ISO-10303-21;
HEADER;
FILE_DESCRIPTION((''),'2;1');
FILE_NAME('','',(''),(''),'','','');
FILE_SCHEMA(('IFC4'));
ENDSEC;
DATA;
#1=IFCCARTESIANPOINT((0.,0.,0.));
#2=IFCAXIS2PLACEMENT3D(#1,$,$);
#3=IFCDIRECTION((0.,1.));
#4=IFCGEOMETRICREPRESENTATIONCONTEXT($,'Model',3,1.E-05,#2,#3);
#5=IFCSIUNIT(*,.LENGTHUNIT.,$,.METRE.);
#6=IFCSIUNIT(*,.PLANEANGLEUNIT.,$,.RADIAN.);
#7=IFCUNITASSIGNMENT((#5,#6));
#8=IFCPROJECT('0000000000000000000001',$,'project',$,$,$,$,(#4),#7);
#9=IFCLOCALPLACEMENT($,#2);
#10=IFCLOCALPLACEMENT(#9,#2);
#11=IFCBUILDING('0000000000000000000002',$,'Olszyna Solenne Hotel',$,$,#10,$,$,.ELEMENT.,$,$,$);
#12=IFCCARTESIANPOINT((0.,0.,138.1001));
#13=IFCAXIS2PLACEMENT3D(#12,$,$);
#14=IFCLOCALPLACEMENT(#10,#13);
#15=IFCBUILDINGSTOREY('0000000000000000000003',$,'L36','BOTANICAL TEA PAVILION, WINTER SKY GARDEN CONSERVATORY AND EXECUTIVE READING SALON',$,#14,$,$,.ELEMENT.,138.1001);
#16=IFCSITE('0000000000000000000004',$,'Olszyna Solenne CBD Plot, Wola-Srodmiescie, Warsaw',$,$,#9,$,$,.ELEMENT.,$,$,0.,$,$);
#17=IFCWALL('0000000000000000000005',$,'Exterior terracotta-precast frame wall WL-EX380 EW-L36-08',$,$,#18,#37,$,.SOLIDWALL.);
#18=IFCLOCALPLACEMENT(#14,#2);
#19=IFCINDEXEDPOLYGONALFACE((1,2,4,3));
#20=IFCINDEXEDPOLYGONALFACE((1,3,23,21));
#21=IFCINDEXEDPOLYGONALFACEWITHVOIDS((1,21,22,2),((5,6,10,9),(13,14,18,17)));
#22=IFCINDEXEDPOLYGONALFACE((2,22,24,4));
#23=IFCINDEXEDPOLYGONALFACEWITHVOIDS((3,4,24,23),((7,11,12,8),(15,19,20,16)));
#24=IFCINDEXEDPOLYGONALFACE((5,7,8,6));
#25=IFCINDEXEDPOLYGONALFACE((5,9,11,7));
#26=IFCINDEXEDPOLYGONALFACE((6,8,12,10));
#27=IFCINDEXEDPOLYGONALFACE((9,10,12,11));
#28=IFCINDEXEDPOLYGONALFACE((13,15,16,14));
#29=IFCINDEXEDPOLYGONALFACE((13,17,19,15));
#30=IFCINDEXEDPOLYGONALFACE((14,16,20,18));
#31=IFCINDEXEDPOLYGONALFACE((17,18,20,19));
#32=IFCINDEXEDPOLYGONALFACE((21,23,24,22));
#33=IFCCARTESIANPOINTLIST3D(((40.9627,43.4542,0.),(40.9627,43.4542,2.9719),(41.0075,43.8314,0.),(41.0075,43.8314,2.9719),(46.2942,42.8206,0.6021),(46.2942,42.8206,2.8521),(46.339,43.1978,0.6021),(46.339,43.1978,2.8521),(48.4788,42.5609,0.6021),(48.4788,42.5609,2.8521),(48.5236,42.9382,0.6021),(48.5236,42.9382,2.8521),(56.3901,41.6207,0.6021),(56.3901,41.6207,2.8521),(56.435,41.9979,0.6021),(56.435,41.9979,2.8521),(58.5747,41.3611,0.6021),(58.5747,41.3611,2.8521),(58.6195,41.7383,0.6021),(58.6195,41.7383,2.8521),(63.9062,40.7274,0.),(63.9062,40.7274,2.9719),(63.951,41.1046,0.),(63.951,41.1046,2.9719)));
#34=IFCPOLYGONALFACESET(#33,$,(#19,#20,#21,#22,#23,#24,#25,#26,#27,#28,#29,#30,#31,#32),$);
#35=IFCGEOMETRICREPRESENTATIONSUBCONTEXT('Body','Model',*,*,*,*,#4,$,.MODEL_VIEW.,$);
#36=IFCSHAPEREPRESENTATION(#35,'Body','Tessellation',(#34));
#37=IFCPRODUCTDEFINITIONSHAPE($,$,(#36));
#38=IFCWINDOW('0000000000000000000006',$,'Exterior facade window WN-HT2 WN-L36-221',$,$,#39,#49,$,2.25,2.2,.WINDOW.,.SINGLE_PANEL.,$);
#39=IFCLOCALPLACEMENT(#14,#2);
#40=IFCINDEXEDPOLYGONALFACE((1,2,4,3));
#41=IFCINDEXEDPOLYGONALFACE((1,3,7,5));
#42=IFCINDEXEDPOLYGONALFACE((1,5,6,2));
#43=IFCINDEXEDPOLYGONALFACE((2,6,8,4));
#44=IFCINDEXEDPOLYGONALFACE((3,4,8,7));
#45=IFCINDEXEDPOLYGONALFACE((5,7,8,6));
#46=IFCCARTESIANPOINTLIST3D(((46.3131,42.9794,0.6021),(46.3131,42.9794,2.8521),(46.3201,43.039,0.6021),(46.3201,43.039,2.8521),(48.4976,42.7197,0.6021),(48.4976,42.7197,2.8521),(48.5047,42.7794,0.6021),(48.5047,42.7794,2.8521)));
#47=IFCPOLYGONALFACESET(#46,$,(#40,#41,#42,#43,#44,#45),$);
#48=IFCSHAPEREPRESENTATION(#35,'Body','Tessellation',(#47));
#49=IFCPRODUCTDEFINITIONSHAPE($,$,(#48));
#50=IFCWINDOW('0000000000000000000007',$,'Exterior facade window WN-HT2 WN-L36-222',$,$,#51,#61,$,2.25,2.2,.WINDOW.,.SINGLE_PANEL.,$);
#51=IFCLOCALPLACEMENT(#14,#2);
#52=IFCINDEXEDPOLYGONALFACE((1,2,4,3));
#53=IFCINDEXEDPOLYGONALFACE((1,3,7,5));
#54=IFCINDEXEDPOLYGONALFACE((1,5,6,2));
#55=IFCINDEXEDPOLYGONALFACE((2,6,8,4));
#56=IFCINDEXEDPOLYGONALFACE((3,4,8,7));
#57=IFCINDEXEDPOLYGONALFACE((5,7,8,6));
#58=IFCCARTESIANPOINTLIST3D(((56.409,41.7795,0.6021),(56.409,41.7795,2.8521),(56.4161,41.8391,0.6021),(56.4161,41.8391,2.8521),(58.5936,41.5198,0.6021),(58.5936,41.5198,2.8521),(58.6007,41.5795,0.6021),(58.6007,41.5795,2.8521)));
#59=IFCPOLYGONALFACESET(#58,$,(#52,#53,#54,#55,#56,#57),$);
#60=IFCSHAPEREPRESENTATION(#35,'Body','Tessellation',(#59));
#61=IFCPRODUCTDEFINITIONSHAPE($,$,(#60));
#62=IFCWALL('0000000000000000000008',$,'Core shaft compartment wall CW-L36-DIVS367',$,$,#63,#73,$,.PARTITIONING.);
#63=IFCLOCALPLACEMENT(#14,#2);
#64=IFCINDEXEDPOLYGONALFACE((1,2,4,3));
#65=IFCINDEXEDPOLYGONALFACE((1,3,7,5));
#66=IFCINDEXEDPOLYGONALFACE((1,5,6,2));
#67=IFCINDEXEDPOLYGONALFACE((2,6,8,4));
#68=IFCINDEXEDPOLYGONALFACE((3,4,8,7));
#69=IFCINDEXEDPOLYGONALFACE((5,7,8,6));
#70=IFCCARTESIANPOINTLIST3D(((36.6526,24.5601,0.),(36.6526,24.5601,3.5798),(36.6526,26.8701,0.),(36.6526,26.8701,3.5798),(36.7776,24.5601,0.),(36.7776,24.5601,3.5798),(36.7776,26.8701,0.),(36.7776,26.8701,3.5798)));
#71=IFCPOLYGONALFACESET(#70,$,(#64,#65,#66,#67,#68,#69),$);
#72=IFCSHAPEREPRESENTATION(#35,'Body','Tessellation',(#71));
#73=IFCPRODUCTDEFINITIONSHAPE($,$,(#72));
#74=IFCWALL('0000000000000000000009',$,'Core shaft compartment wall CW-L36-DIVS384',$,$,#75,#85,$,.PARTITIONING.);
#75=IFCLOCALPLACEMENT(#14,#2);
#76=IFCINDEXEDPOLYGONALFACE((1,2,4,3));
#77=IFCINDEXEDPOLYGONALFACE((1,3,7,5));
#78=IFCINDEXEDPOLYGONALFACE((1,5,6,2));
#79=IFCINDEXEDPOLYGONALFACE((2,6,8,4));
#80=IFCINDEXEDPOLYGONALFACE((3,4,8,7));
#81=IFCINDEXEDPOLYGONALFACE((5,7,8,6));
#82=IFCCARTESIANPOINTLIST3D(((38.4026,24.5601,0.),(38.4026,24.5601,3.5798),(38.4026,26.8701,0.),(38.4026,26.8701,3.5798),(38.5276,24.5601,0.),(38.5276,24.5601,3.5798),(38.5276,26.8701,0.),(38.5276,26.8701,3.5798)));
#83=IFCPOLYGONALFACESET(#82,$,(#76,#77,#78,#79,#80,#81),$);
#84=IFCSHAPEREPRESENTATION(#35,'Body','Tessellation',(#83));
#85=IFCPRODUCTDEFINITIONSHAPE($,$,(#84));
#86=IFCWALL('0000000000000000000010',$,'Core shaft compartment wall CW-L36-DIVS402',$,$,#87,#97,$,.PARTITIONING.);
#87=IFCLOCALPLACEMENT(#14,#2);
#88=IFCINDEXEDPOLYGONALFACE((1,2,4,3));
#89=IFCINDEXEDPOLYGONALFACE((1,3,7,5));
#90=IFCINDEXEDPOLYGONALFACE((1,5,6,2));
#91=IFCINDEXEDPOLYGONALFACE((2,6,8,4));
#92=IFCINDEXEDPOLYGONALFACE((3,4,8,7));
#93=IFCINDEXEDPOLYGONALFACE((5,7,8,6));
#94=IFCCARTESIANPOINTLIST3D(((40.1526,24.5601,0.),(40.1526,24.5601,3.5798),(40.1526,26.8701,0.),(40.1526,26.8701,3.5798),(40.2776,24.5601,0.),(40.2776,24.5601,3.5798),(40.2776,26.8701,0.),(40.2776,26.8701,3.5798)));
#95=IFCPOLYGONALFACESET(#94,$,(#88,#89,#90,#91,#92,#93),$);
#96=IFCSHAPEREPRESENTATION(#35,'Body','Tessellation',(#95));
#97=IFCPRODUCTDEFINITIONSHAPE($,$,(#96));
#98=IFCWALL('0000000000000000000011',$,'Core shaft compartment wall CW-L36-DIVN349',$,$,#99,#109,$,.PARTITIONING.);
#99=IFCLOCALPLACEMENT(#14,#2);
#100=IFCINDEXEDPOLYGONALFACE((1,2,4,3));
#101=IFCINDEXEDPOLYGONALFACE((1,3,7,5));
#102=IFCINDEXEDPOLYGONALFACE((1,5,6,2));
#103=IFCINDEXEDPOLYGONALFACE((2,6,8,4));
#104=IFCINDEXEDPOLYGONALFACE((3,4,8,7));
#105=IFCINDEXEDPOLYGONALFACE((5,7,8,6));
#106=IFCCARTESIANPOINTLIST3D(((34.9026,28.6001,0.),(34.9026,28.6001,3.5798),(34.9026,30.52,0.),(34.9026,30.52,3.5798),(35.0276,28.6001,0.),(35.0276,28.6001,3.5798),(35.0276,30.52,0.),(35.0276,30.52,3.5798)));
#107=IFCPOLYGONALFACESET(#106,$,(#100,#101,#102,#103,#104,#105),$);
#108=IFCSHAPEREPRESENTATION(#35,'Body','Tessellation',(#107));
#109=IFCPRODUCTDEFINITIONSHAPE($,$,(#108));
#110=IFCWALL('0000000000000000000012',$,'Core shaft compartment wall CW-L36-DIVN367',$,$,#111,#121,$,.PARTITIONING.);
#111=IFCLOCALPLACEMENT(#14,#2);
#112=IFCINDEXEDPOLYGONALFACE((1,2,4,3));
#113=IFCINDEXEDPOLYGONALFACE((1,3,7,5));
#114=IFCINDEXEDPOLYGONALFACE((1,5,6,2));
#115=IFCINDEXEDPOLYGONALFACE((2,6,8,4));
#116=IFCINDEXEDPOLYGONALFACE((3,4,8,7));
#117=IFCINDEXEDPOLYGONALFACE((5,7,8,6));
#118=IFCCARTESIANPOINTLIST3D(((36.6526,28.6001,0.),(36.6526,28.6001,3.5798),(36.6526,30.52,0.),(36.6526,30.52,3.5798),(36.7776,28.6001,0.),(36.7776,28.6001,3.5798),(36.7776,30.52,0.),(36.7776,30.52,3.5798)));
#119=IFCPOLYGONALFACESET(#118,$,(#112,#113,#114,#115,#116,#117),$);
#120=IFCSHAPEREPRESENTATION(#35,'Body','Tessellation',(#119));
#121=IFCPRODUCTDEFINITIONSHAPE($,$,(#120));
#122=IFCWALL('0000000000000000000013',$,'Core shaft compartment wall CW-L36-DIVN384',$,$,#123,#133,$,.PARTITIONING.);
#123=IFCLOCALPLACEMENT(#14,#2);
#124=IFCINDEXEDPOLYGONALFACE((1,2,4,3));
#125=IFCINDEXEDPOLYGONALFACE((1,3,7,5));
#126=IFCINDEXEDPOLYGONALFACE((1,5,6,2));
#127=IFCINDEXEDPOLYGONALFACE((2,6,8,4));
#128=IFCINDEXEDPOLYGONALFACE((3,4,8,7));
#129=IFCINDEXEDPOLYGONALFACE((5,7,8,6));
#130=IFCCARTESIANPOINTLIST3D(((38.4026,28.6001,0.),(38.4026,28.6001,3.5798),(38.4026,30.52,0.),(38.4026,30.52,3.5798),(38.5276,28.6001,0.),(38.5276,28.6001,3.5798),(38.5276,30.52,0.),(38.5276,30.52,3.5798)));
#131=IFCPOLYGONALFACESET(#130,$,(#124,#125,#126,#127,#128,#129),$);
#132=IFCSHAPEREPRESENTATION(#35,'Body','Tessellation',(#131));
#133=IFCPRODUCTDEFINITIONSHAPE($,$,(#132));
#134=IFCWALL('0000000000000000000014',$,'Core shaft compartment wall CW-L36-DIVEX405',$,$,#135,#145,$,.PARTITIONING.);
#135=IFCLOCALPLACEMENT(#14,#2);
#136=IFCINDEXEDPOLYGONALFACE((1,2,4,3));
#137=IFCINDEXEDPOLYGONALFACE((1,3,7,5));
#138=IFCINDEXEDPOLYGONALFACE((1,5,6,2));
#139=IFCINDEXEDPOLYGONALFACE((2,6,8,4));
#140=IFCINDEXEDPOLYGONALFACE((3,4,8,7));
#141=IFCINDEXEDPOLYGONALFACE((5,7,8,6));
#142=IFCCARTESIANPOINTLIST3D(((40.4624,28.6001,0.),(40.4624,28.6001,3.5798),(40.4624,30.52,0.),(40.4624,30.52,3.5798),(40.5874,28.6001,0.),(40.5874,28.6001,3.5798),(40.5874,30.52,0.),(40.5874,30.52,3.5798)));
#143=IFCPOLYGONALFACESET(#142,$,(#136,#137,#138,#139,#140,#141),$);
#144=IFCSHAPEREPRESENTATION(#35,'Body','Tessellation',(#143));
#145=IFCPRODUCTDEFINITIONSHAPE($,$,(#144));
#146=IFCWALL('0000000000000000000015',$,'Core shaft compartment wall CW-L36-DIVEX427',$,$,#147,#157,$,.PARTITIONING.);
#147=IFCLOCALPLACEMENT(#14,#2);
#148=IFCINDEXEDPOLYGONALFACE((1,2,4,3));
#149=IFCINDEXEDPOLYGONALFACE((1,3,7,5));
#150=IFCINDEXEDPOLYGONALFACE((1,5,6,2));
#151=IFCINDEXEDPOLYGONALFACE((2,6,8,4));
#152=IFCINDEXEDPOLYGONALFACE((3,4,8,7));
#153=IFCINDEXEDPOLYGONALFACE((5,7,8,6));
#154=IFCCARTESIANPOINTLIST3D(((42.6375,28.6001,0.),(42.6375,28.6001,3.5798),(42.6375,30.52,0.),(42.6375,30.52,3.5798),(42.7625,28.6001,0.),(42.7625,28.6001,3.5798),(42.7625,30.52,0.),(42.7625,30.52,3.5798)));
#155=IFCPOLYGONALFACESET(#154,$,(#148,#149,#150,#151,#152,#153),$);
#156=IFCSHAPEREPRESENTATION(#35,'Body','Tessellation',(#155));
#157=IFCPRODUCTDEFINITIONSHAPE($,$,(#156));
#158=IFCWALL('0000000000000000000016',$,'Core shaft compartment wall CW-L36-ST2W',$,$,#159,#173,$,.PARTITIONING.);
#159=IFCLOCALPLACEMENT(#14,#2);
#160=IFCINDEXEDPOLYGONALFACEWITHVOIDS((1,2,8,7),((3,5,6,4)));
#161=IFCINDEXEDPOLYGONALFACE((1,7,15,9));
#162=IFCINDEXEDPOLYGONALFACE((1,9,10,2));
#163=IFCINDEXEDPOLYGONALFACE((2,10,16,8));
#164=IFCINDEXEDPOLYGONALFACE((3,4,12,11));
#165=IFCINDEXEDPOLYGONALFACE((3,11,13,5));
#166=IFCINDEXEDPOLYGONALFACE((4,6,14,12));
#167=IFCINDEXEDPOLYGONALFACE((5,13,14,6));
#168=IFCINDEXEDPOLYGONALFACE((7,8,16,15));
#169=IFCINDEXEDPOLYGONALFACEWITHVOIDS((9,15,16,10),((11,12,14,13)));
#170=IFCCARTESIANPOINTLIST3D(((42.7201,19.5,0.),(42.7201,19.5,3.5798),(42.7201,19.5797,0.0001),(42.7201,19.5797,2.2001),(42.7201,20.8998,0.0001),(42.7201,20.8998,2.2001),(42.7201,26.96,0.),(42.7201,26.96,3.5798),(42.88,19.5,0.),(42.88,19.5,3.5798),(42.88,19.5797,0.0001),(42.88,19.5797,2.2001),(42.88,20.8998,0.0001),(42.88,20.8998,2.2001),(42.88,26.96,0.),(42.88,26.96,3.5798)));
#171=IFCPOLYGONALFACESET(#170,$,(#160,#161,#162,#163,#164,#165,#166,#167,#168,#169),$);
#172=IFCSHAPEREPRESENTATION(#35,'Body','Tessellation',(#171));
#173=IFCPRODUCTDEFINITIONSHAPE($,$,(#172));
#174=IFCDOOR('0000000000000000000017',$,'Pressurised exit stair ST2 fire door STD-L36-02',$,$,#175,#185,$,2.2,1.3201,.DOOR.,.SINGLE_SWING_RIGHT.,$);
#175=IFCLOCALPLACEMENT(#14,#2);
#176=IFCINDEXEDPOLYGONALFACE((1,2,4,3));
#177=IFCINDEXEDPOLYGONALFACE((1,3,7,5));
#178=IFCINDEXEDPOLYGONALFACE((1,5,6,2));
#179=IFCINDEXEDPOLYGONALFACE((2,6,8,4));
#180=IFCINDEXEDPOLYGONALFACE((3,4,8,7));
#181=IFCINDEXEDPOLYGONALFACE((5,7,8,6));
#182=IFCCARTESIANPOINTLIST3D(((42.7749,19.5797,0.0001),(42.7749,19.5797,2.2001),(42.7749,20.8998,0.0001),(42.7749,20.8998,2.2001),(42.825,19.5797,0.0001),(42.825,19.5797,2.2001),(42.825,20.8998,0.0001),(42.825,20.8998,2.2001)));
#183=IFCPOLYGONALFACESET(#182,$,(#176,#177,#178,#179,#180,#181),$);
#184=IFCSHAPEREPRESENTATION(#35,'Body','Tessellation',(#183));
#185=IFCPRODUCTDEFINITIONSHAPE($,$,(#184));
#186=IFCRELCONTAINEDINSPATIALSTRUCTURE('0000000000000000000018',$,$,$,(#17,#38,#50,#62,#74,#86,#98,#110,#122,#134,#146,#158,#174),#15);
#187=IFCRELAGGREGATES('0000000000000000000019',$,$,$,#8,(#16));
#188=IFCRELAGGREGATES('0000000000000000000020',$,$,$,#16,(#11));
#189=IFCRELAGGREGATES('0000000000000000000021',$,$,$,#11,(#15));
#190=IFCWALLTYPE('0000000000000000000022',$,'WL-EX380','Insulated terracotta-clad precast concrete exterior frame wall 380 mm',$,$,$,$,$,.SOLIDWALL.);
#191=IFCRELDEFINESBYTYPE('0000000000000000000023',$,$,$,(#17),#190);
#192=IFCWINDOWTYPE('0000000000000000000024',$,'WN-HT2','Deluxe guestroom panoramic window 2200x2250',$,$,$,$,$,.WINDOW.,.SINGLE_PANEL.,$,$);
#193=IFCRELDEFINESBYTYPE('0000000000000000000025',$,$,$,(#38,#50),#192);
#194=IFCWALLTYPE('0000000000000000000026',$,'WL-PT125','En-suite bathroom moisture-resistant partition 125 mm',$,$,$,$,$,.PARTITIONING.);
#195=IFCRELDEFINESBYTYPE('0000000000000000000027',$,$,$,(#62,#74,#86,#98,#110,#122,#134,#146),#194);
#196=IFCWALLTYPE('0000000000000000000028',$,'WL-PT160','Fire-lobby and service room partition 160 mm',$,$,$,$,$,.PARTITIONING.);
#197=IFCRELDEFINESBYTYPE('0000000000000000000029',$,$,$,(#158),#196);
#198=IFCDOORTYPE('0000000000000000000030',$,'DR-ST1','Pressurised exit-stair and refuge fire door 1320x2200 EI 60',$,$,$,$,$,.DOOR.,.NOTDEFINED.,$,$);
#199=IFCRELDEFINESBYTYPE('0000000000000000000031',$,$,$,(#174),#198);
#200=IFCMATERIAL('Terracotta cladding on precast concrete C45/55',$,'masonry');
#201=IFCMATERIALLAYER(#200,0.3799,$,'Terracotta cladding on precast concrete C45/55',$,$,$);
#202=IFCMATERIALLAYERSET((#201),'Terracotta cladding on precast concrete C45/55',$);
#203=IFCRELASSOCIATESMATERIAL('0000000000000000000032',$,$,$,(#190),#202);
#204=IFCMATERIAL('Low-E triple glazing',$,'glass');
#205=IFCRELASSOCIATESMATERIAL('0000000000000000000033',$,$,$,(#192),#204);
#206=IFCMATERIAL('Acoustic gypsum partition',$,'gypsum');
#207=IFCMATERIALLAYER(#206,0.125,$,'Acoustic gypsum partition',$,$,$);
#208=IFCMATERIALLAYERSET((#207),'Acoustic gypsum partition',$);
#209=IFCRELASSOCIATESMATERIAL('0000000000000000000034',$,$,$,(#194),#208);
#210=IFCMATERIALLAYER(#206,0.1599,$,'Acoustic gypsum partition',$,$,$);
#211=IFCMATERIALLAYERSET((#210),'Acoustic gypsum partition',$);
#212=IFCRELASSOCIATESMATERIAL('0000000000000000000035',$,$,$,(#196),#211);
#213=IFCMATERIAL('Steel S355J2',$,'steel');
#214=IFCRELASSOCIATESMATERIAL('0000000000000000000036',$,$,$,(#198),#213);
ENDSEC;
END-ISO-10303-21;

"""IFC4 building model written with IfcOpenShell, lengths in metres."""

from ifc_helpers import new_model, si_unit, direction, frame, frame_2d, origin, place, context, subcontext, project, spatial, rectangle, extrude, source, transform, mapped, material, layer, layer_set, type_object, type_shapes, element, fill, save


model = new_model("IFC4")

# Units and contexts
model_context = context("Model", 3, precision=1e-05, world=origin(), true_north=direction((0.0, 1.0)))
body_context = subcontext(model_context, "Body", "Model", "MODEL_VIEW")
ifc_project = project(units=[si_unit("LENGTHUNIT", "METRE"), si_unit("PLANEANGLEUNIT", "RADIAN")], contexts=[model_context])

# Site, building, storey
site_placement = place(None, origin())
site = spatial("IfcSite", under=ifc_project, at=site_placement, Name="Olszyna Solenne CBD Plot, Wola-Srodmiescie, Warsaw", CompositionType="ELEMENT", RefElevation=0.0)
building_placement = place(site_placement, origin())
building = spatial("IfcBuilding", under=site, at=building_placement, Name="Olszyna Solenne Hotel", CompositionType="ELEMENT")
storey_placement = place(building_placement, frame((0.0, 0.0, 138.1001)))
storey = spatial("IfcBuildingStorey", under=building, at=storey_placement, Name="L36", Description="BOTANICAL TEA PAVILION, WINTER SKY GARDEN CONSERVATORY AND EXECUTIVE READING SALON", CompositionType="ELEMENT", Elevation=138.1001)

# Shared definitions
ifc_material_1 = material(Name="Steel S355J2", Category="steel")

# Wall, openings, windows
ifc_material_2 = material(Name="Terracotta cladding on precast concrete C45/55", Category="masonry")
ifc_layer_1 = layer(ifc_material_2, 0.3799, Name="Terracotta cladding on precast concrete C45/55")
ifc_layer_set_1 = layer_set([ifc_layer_1], Name="Terracotta cladding on precast concrete C45/55")
wall_type_1 = type_object("IfcWallType", Name="WL-EX380", Description="Insulated terracotta-clad precast concrete exterior frame wall 380 mm", PredefinedType="SOLIDWALL", material=ifc_layer_set_1)
wall_1_placement = place(storey_placement, frame((40.9851, 43.6428, 0.0), z_axis=(0.0, 0.0, 1.0), x_axis=(0.993011, -0.118018, 0.0)))
wall_1 = element("IfcWall", 1, at=wall_1_placement, inside=storey, type_object=wall_type_1, Name="Exterior terracotta-precast frame wall WL-EX380 EW-L36-08", PredefinedType="SOLIDWALL", context=body_context, shape_type="SweptSolid", body=[
    extrude(rectangle(XDim=23.105, YDim=0.3799, at=frame_2d((11.5525, 0.0))), origin(), (0.0, 0.0, 1.0), 2.9719),
])
opening_1_placement = place(wall_1_placement, frame((5.3689, 0.0, 0.6021)))
opening_1 = element("IfcOpeningElement", 2, at=opening_1_placement, cuts=wall_1, PredefinedType="OPENING", context=body_context, shape_type="SweptSolid", body=[
    extrude(rectangle(XDim=2.2, YDim=2.25, at=frame_2d((1.1001, 1.125))), frame((0.0, 0.2, 0.0), z_axis=(0.0, -1.0, 0.0), x_axis=(1.0, 0.0, 0.0)), (0.0, 0.0, 1.0), 0.3999),
])
opening_2_placement = place(wall_1_placement, frame((15.5359, 0.0, 0.6021)))
opening_2 = element("IfcOpeningElement", 3, at=opening_2_placement, cuts=wall_1, PredefinedType="OPENING", context=body_context, shape_type="SweptSolid", body=[
    extrude(rectangle(XDim=2.2, YDim=2.25, at=frame_2d((1.1001, 1.125))), frame((0.0, 0.2, 0.0), z_axis=(0.0, -1.0, 0.0), x_axis=(1.0, 0.0, 0.0)), (0.0, 0.0, 1.0), 0.3999),
])
ifc_material_3 = material(Name="Low-E triple glazing", Category="glass")
window_type = type_object("IfcWindowType", Name="WN-HT2", Description="Deluxe guestroom panoramic window 2200x2250", PartitioningType="SINGLE_PANEL", PredefinedType="WINDOW", material=ifc_material_3)
shared_shape_1 = source(origin(), body_context, "Body", "SweptSolid", [
    extrude(rectangle(XDim=2.2, YDim=2.25, at=frame_2d((1.1001, 1.125))), frame((0.0, 0.03, 0.0), z_axis=(0.0, -1.0, 0.0), x_axis=(1.0, 0.0, 0.0)), (0.0, 0.0, 1.0), 0.0601),
])
type_shapes(window_type, [shared_shape_1])
window_1_placement = place(opening_1_placement, origin())
window_1 = element("IfcWindow", 4, at=window_1_placement, inside=storey, type_object=window_type, Name="Exterior facade window WN-HT2 WN-L36-221", OverallHeight=2.25, OverallWidth=2.2, PartitioningType="SINGLE_PANEL", PredefinedType="WINDOW", context=body_context, shape_type="MappedRepresentation", body=[
    mapped(shared_shape_1, transform((0.0, 0.0, 0.0), x_axis=(1.0, 0.0, 0.0), y_axis=(0.0, 1.0, 0.0), z_axis=(0.0, 0.0, 1.0), scale=1.0)),
])
fill(opening_1, window_1)
window_2_placement = place(opening_2_placement, origin())
window_2 = element("IfcWindow", 5, at=window_2_placement, inside=storey, type_object=window_type, Name="Exterior facade window WN-HT2 WN-L36-222", OverallHeight=2.25, OverallWidth=2.2, PartitioningType="SINGLE_PANEL", PredefinedType="WINDOW", context=body_context, shape_type="MappedRepresentation", body=[
    mapped(shared_shape_1, transform((0.0, 0.0, 0.0), x_axis=(1.0, 0.0, 0.0), y_axis=(0.0, 1.0, 0.0), z_axis=(0.0, 0.0, 1.0), scale=1.0)),
])
fill(opening_2, window_2)

# Walls
ifc_material_4 = material(Name="Acoustic gypsum partition", Category="gypsum")
ifc_layer_2 = layer(ifc_material_4, 0.125, Name="Acoustic gypsum partition")
ifc_layer_set_2 = layer_set([ifc_layer_2], Name="Acoustic gypsum partition")
wall_type_2 = type_object("IfcWallType", Name="WL-PT125", Description="En-suite bathroom moisture-resistant partition 125 mm", PredefinedType="PARTITIONING", material=ifc_layer_set_2)
for number, where, z_axis, x_axis, name in (
    (6, (36.7151, 24.5601, 0.0), (0.0, 0.0, 1.0), (0.0, 1.0, 0.0), "Core shaft compartment wall CW-L36-DIVS367"),
    (7, (38.4651, 24.5601, 0.0), (0.0, 0.0, 1.0), (0.0, 1.0, 0.0), "Core shaft compartment wall CW-L36-DIVS384"),
    (8, (40.2151, 24.5601, 0.0), (0.0, 0.0, 1.0), (0.0, 1.0, 0.0), "Core shaft compartment wall CW-L36-DIVS402"),
):
    element("IfcWall", number, at=place(storey_placement, frame(where, z_axis=z_axis, x_axis=x_axis)), inside=storey, type_object=wall_type_2, Name=name, PredefinedType="PARTITIONING", context=body_context, shape_type="SweptSolid", body=[
        extrude(rectangle(XDim=2.3101, YDim=0.125, at=frame_2d((1.155, 0.0))), origin(), (0.0, 0.0, 1.0), 3.5798),
    ])
for number, where, z_axis, x_axis, name in (
    (9, (34.9651, 28.6001, 0.0), (0.0, 0.0, 1.0), (0.0, 1.0, 0.0), "Core shaft compartment wall CW-L36-DIVN349"),
    (10, (36.7151, 28.6001, 0.0), (0.0, 0.0, 1.0), (0.0, 1.0, 0.0), "Core shaft compartment wall CW-L36-DIVN367"),
    (11, (38.4651, 28.6001, 0.0), (0.0, 0.0, 1.0), (0.0, 1.0, 0.0), "Core shaft compartment wall CW-L36-DIVN384"),
    (12, (40.5249, 28.6001, 0.0), (0.0, 0.0, 1.0), (0.0, 1.0, 0.0), "Core shaft compartment wall CW-L36-DIVEX405"),
    (13, (42.7, 28.6001, 0.0), (0.0, 0.0, 1.0), (0.0, 1.0, 0.0), "Core shaft compartment wall CW-L36-DIVEX427"),
):
    element("IfcWall", number, at=place(storey_placement, frame(where, z_axis=z_axis, x_axis=x_axis)), inside=storey, type_object=wall_type_2, Name=name, PredefinedType="PARTITIONING", context=body_context, shape_type="SweptSolid", body=[
        extrude(rectangle(XDim=1.9199, YDim=0.125, at=frame_2d((0.96, 0.0))), origin(), (0.0, 0.0, 1.0), 3.5798),
    ])

# Wall, opening, door
ifc_layer_3 = layer(ifc_material_4, 0.1599, Name="Acoustic gypsum partition")
ifc_layer_set_3 = layer_set([ifc_layer_3], Name="Acoustic gypsum partition")
wall_type_3 = type_object("IfcWallType", Name="WL-PT160", Description="Fire-lobby and service room partition 160 mm", PredefinedType="PARTITIONING", material=ifc_layer_set_3)
wall_2_placement = place(storey_placement, frame((42.8, 26.96, 0.0), z_axis=(0.0, 0.0, 1.0), x_axis=(0.0, -1.0, 0.0)))
wall_2 = element("IfcWall", 14, at=wall_2_placement, inside=storey, type_object=wall_type_3, Name="Core shaft compartment wall CW-L36-ST2W", PredefinedType="PARTITIONING", context=body_context, shape_type="SweptSolid", body=[
    extrude(rectangle(XDim=7.46, YDim=0.1599, at=frame_2d((3.73, 0.0))), origin(), (0.0, 0.0, 1.0), 3.5798),
])
opening_3_placement = place(wall_2_placement, frame((6.0601, 0.0, 0.0)))
opening_3 = element("IfcOpeningElement", 15, at=opening_3_placement, cuts=wall_2, PredefinedType="OPENING", context=body_context, shape_type="SweptSolid", body=[
    extrude(rectangle(XDim=1.3201, YDim=2.2, at=frame_2d((0.6602, 1.1001))), frame((0.0, 0.0898, 0.0), z_axis=(0.0, -1.0, 0.0), x_axis=(1.0, 0.0, 0.0)), (0.0, 0.0, 1.0), 0.1799),
])
door_type = type_object("IfcDoorType", Name="DR-ST1", Description="Pressurised exit-stair and refuge fire door 1320x2200 EI 60", OperationType="NOTDEFINED", PredefinedType="DOOR", material=ifc_material_1)
shared_shape_2 = source(origin(), body_context, "Body", "SweptSolid", [
    extrude(rectangle(XDim=1.3201, YDim=2.2, at=frame_2d((0.6602, 1.1001))), frame((0.0, 0.0249, 0.0), z_axis=(0.0, -1.0, 0.0), x_axis=(1.0, 0.0, 0.0)), (0.0, 0.0, 1.0), 0.05),
])
type_shapes(door_type, [shared_shape_2])
door_placement = place(opening_3_placement, origin())
door = element("IfcDoor", 16, at=door_placement, inside=storey, type_object=door_type, Name="Pressurised exit stair ST2 fire door STD-L36-02", OperationType="SINGLE_SWING_RIGHT", OverallHeight=2.2, OverallWidth=1.3201, PredefinedType="DOOR", context=body_context, shape_type="MappedRepresentation", body=[
    mapped(shared_shape_2, transform((0.0, 0.0, 0.0), x_axis=(1.0, 0.0, 0.0), y_axis=(0.0, 1.0, 0.0), z_axis=(0.0, 0.0, 1.0), scale=1.0)),
])
fill(opening_3, door)

save(model, "model.ifc")
